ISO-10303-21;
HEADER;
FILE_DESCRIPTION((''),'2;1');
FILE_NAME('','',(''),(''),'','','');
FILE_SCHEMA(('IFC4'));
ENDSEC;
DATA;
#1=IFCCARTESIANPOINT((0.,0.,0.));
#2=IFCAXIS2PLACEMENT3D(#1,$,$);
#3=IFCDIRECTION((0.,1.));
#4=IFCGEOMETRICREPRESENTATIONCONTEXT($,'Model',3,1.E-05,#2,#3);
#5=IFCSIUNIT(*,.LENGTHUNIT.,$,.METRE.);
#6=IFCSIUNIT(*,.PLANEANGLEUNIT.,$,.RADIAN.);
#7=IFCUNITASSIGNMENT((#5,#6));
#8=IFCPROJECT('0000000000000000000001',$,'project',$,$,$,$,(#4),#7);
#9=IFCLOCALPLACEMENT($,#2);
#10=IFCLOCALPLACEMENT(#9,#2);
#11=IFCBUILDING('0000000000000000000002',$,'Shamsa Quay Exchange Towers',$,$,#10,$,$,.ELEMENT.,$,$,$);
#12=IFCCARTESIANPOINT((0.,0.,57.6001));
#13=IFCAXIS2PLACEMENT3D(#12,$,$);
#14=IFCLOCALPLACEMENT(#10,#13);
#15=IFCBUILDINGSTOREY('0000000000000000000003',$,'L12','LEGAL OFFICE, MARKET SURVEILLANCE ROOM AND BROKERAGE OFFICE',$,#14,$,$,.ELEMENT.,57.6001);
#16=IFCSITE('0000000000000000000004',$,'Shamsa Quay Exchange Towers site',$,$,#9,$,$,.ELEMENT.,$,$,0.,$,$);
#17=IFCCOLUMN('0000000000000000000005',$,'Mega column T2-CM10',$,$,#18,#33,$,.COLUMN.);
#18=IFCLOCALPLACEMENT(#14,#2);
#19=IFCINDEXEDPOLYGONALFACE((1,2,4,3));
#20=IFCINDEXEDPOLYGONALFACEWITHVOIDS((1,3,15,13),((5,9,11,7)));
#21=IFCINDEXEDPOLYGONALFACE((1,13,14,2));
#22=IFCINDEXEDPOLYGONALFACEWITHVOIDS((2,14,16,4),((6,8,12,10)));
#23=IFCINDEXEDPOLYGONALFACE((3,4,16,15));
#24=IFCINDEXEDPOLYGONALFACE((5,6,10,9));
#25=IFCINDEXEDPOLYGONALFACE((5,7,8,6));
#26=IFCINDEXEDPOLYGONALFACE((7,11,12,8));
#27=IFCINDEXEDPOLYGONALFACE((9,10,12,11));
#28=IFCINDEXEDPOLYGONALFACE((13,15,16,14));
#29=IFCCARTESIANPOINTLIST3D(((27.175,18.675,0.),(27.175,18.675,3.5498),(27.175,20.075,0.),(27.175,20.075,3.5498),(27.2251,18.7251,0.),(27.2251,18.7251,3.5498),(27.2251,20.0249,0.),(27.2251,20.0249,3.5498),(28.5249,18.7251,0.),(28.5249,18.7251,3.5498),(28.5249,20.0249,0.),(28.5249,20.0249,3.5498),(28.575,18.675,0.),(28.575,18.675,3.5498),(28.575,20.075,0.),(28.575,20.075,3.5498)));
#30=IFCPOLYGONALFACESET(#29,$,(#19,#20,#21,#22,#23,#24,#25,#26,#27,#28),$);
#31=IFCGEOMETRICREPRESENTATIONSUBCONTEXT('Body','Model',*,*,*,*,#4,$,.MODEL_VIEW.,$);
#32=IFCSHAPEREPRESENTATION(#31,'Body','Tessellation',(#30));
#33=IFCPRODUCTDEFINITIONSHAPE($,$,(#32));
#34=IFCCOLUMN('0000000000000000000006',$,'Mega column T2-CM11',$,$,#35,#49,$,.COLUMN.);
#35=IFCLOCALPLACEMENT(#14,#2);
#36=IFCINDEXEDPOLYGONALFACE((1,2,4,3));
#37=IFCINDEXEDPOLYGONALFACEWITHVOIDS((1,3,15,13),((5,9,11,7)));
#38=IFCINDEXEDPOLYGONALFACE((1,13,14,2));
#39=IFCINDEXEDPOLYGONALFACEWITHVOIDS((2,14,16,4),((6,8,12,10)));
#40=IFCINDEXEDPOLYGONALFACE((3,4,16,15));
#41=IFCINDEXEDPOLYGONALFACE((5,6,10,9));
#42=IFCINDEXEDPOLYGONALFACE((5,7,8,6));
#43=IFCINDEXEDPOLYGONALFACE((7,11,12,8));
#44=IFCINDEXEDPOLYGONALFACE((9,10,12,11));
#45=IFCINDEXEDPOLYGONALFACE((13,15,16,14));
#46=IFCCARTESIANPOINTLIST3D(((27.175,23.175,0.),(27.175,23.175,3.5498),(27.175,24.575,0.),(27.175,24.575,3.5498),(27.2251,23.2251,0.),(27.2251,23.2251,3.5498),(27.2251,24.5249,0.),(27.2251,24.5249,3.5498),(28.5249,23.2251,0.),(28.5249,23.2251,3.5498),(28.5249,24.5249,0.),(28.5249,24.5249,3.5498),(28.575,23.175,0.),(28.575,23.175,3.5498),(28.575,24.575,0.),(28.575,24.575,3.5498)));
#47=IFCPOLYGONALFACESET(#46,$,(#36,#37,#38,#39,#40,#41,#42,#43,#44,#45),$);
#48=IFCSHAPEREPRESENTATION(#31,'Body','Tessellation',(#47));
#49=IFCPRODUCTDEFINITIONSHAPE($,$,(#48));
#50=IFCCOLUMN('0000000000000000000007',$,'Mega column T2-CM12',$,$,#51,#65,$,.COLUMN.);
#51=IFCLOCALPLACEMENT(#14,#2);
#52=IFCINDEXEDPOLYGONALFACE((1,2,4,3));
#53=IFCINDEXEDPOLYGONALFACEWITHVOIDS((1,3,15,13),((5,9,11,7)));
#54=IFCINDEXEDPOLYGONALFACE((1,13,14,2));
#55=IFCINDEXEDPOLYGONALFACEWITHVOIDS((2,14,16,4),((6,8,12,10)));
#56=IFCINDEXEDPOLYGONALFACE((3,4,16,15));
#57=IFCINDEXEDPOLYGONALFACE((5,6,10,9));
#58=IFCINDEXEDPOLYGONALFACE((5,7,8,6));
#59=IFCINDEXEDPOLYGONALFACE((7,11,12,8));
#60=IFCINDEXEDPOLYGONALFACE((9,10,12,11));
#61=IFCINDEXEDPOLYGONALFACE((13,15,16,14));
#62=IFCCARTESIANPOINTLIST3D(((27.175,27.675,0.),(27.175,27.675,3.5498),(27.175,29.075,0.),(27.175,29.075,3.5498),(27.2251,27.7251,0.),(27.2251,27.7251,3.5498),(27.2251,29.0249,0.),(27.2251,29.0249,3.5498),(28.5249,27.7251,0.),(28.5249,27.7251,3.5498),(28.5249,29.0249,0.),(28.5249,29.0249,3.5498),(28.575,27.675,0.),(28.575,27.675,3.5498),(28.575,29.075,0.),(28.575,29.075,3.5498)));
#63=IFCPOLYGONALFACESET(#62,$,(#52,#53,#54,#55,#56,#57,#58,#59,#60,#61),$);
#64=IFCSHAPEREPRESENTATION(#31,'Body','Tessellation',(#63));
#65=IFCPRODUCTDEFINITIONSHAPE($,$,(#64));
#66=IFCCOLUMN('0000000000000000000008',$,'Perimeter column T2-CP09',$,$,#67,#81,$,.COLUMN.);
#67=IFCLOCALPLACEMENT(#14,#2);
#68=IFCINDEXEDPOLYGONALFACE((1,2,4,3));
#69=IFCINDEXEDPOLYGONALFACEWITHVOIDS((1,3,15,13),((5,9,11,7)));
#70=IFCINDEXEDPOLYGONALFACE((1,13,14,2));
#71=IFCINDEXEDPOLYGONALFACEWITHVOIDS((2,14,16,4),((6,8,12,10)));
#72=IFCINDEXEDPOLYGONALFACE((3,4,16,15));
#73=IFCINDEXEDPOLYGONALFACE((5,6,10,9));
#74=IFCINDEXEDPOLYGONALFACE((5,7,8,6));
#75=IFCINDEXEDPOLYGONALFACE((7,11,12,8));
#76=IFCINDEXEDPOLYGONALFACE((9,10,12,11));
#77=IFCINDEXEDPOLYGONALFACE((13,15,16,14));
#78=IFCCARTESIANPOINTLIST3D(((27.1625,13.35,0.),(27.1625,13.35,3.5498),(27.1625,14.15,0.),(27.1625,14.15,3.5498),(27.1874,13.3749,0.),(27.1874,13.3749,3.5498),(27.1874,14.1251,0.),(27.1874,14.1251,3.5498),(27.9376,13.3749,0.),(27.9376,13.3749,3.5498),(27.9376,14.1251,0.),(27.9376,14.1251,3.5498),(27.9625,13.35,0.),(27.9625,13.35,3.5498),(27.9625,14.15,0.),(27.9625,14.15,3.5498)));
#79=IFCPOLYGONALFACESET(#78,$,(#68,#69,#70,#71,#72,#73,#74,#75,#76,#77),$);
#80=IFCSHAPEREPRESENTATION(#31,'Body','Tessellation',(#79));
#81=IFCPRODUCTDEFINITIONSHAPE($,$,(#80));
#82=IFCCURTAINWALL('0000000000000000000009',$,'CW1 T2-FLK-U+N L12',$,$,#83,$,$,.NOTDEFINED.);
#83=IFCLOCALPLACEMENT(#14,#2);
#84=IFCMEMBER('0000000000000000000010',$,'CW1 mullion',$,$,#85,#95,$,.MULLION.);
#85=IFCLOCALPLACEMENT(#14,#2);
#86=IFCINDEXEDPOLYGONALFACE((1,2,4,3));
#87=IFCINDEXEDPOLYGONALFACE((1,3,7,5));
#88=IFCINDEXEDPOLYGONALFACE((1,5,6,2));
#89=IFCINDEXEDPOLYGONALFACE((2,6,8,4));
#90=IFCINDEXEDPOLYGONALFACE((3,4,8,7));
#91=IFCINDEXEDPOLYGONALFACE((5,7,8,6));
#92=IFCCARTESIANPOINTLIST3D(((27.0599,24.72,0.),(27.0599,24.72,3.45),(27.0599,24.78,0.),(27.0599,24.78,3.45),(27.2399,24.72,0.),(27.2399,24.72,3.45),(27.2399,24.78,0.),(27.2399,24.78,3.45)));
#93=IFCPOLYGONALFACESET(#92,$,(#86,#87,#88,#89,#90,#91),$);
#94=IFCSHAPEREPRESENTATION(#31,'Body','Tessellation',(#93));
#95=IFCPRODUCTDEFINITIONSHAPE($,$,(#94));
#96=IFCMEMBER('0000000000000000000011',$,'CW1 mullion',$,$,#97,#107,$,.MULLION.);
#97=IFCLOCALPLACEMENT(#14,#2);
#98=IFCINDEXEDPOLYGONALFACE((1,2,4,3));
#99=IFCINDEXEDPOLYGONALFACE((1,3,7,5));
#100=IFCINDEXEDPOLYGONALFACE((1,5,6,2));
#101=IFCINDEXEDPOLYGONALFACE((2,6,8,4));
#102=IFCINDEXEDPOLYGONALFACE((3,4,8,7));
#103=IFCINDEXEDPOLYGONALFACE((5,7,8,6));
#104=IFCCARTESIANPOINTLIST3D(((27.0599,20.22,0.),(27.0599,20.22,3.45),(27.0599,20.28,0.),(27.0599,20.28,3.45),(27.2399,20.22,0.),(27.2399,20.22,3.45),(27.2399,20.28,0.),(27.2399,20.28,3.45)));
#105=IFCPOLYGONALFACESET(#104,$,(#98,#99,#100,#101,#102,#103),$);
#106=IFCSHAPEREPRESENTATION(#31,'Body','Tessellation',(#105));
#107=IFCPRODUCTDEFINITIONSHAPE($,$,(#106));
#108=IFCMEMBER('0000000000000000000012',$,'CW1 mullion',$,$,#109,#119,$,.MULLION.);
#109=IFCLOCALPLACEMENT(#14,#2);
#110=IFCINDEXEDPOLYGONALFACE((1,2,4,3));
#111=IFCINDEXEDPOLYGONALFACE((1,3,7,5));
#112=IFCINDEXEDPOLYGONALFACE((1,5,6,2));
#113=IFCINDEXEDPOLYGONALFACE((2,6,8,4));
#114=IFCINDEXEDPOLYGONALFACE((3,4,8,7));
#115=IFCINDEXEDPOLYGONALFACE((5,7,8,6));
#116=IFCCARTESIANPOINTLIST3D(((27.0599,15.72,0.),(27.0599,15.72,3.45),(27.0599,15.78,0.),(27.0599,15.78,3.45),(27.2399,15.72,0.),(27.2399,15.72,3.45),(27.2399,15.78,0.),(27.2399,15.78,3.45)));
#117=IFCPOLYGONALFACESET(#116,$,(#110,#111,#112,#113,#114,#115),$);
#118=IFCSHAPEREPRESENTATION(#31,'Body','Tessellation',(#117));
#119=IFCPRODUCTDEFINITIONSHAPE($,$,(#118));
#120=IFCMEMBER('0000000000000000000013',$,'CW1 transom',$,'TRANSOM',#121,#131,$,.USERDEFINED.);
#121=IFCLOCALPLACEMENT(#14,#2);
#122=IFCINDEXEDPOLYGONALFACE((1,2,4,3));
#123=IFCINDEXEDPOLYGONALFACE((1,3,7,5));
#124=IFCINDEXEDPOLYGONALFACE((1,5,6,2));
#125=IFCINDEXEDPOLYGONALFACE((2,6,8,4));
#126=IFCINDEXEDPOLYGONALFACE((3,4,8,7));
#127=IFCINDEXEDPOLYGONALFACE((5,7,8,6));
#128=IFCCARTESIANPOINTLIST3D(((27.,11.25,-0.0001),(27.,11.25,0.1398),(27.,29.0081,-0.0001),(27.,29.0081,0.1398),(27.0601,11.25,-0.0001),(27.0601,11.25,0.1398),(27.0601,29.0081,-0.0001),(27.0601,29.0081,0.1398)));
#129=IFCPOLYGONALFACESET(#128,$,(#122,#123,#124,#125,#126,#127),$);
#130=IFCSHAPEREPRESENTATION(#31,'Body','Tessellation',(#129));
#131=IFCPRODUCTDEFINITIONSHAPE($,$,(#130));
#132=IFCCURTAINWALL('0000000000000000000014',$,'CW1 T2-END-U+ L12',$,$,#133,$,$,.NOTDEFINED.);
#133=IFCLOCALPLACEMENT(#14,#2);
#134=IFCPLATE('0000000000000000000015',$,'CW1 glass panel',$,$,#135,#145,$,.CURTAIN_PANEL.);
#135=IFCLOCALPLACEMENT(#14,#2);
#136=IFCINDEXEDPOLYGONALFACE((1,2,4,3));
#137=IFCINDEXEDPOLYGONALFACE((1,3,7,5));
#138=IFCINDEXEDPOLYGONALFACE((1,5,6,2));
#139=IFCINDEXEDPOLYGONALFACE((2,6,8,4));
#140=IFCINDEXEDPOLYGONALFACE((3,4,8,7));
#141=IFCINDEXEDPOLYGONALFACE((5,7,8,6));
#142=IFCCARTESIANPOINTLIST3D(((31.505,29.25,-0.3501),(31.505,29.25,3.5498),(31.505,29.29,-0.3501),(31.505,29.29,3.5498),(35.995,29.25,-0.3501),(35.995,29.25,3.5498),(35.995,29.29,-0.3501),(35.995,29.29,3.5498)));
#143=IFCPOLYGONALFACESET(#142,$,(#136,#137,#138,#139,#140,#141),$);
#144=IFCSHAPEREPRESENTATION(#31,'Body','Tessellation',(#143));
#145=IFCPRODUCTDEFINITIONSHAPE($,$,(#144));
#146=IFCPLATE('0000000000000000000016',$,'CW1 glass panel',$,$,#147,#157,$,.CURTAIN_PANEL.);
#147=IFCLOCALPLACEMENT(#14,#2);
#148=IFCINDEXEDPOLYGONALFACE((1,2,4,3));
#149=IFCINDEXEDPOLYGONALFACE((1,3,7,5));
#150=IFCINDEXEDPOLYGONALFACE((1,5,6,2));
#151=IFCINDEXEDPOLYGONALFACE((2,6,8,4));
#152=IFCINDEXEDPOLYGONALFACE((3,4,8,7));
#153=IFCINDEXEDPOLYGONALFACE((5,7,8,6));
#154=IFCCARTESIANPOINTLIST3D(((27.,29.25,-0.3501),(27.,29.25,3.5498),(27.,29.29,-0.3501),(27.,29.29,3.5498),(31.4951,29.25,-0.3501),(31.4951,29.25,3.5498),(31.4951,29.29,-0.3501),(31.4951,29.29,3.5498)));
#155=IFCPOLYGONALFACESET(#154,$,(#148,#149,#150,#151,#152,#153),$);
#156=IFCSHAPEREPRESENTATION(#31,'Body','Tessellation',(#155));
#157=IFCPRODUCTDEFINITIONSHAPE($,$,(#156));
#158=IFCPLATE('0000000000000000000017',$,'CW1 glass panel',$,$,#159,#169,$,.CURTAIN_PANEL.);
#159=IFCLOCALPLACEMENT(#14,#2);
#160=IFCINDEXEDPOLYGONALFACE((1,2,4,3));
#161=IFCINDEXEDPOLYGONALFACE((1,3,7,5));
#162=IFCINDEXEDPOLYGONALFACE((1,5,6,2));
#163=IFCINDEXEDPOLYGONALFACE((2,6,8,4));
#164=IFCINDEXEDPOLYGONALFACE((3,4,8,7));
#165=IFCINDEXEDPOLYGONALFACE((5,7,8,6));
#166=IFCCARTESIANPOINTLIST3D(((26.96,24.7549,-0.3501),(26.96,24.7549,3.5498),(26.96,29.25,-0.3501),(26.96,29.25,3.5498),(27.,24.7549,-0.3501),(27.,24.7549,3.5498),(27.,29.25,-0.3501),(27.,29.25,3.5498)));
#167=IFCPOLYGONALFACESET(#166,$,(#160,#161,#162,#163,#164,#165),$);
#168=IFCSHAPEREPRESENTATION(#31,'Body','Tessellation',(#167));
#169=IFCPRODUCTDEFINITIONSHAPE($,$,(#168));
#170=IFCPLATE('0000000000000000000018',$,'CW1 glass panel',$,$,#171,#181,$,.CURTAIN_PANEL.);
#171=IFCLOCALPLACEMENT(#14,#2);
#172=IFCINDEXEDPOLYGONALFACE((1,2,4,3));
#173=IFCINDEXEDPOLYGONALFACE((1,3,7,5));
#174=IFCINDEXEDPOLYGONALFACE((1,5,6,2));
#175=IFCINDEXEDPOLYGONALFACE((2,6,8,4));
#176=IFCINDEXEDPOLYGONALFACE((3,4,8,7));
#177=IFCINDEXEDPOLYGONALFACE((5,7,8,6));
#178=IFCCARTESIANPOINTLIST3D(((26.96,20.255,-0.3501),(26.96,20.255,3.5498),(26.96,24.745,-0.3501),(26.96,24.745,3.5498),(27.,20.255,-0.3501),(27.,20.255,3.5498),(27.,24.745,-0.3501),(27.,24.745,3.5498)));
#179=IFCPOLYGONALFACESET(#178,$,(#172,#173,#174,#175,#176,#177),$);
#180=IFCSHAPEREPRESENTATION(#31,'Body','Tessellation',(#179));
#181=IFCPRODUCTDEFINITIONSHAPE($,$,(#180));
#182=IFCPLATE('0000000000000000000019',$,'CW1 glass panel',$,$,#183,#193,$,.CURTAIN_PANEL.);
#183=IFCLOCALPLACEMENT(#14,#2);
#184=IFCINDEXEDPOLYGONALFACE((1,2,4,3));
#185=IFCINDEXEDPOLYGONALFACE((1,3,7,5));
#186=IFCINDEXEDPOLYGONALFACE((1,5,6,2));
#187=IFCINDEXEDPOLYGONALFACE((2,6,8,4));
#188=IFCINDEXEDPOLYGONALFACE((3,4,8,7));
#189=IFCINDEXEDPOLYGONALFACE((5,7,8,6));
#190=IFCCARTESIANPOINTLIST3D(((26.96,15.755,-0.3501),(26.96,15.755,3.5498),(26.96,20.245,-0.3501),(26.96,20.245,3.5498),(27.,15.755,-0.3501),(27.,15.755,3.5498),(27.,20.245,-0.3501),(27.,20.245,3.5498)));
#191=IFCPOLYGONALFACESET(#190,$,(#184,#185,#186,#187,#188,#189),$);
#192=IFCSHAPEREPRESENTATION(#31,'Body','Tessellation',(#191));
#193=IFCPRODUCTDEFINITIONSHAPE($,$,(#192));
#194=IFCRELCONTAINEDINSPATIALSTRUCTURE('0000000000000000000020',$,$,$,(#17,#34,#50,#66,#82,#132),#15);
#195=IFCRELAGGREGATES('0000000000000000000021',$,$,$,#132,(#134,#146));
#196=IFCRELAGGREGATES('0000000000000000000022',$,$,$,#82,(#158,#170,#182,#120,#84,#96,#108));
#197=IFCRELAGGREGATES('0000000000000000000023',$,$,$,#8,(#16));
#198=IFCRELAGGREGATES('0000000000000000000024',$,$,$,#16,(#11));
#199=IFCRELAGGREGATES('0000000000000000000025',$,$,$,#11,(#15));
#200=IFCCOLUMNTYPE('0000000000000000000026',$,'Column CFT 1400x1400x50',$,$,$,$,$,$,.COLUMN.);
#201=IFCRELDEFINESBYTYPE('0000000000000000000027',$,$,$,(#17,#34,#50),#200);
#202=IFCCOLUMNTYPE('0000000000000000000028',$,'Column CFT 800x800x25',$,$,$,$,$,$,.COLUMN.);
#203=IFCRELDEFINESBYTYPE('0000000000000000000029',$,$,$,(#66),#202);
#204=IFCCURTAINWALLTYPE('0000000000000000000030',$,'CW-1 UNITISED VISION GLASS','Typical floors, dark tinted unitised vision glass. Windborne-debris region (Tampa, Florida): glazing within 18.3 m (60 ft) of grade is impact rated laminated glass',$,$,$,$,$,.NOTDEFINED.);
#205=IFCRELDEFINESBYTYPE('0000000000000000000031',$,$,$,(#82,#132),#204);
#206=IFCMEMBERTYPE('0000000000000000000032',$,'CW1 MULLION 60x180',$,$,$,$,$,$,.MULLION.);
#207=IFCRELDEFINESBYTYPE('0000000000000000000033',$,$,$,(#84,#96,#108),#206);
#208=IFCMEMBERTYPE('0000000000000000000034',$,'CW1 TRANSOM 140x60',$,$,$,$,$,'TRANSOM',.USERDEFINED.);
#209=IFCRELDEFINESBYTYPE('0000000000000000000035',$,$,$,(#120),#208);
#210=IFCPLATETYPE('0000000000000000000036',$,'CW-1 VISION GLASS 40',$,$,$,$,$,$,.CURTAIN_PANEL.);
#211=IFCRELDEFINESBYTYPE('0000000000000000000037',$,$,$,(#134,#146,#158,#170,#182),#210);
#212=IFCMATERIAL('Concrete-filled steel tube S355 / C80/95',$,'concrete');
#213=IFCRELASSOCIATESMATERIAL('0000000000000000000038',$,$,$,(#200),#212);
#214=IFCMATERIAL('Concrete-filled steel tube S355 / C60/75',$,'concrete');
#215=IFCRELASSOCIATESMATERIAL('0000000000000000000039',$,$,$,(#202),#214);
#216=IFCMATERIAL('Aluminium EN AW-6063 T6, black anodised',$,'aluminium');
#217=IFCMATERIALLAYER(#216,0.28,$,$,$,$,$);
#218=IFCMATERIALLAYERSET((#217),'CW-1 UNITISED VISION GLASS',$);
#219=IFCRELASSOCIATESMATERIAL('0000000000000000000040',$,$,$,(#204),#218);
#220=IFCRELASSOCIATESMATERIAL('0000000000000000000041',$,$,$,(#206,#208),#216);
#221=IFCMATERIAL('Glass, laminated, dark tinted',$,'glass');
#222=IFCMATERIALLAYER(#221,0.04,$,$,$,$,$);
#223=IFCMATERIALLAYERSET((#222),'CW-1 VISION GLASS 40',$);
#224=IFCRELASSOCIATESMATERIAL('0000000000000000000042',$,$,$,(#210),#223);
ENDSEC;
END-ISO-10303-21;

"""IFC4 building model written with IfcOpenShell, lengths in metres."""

from ifc_helpers import new_model, si_unit, direction, frame, origin, origin_2d, place, context, subcontext, project, spatial, rectangle, hollow_rectangle, extrude, material, layer, layer_set, material_profile, profile_set, type_object, element, aggregate, save


model = new_model("IFC4")

# Units and contexts
model_context = context("Model", 3, precision=1e-05, world=origin(), true_north=direction((0.0, 1.0)))
body_context = subcontext(model_context, "Body", "Model", "MODEL_VIEW")
ifc_project = project(units=[si_unit("LENGTHUNIT", "METRE"), si_unit("PLANEANGLEUNIT", "RADIAN")], contexts=[model_context])

# Site, building, storey
site_placement = place(None, origin())
site = spatial("IfcSite", under=ifc_project, at=site_placement, Name="Shamsa Quay Exchange Towers site", CompositionType="ELEMENT", RefElevation=0.0)
building_placement = place(site_placement, origin())
building = spatial("IfcBuilding", under=site, at=building_placement, Name="Shamsa Quay Exchange Towers", CompositionType="ELEMENT")
storey_placement = place(building_placement, frame((0.0, 0.0, 57.6001)))
storey = spatial("IfcBuildingStorey", under=building, at=storey_placement, Name="L12", Description="LEGAL OFFICE, MARKET SURVEILLANCE ROOM AND BROKERAGE OFFICE", CompositionType="ELEMENT", Elevation=57.6001)

# Columns
ifc_material_1 = material(Name="Concrete-filled steel tube S355 / C80/95", Category="concrete")
ifc_material_profile_1 = material_profile(ifc_material_1, hollow_rectangle(XDim=1.3999, YDim=1.3999, WallThickness=0.05, at=origin_2d()), Name="CFT 1400x1400x50")
ifc_profile_set_1 = profile_set([ifc_material_profile_1], Name="Concrete-filled steel tube S355 / C80/95")
column_type_1 = type_object("IfcColumnType", Name="Column CFT 1400x1400x50", PredefinedType="COLUMN", material=ifc_profile_set_1)
for number, where, name in (
    (1, (27.875, 19.375, 0.0), "Mega column T2-CM10"),
    (2, (27.875, 23.875, 0.0), "Mega column T2-CM11"),
    (3, (27.875, 28.375, 0.0), "Mega column T2-CM12"),
):
    element("IfcColumn", number, at=place(storey_placement, frame(where)), inside=storey, type_object=column_type_1, Name=name, PredefinedType="COLUMN", context=body_context, shape_type="SweptSolid", body=[
        extrude(hollow_rectangle(XDim=1.3999, YDim=1.3999, WallThickness=0.05, at=origin_2d()), origin(), (0.0, 0.0, 1.0), 3.5498),
    ])
ifc_material_2 = material(Name="Concrete-filled steel tube S355 / C60/75", Category="concrete")
ifc_material_profile_2 = material_profile(ifc_material_2, hollow_rectangle(XDim=0.8, YDim=0.8, WallThickness=0.0249, at=origin_2d()), Name="CFT 800x800x25")
ifc_profile_set_2 = profile_set([ifc_material_profile_2], Name="Concrete-filled steel tube S355 / C60/75")
column_type_2 = type_object("IfcColumnType", Name="Column CFT 800x800x25", PredefinedType="COLUMN", material=ifc_profile_set_2)
column_placement = place(storey_placement, frame((27.5625, 13.75, 0.0)))
element("IfcColumn", 4, at=column_placement, inside=storey, type_object=column_type_2, Name="Perimeter column T2-CP09", PredefinedType="COLUMN", context=body_context, shape_type="SweptSolid", body=[
    extrude(hollow_rectangle(XDim=0.8, YDim=0.8, WallThickness=0.0249, at=origin_2d()), origin(), (0.0, 0.0, 1.0), 3.5498),
])

# Curtain wall, members
ifc_material_3 = material(Name="Aluminium EN AW-6063 T6, black anodised", Category="aluminium")
ifc_layer_1 = layer(ifc_material_3, 0.28)
ifc_layer_set_1 = layer_set([ifc_layer_1], Name="CW-1 UNITISED VISION GLASS")
curtain_wall_type_1 = type_object("IfcCurtainWallType", Name="CW-1 UNITISED VISION GLASS", Description="Typical floors, dark tinted unitised vision glass. Windborne-debris region (Tampa, Florida): glazing within 18.3 m (60 ft) of grade is impact rated laminated glass", PredefinedType="NOTDEFINED", material=ifc_layer_set_1)
curtain_wall_1_placement = place(storey_placement, origin())
curtain_wall_1 = element("IfcCurtainWall", 5, at=curtain_wall_1_placement, inside=storey, type_object=curtain_wall_type_1, Name="CW1 T2-FLK-U+N L12", PredefinedType="NOTDEFINED")
ifc_material_profile_3 = material_profile(ifc_material_3, rectangle(XDim=0.1799, YDim=0.0601, at=origin_2d()), Name="MU60x180")
ifc_profile_set_3 = profile_set([ifc_material_profile_3], Name="Aluminium EN AW-6063 T6, black anodised")
member_type_1 = type_object("IfcMemberType", Name="CW1 MULLION 60x180", PredefinedType="MULLION", material=ifc_profile_set_3)
member_1_placement = place(storey_placement, frame((27.1499, 24.75, 0.0)))
member_1 = element("IfcMember", 6, at=member_1_placement, type_object=member_type_1, Name="CW1 mullion", PredefinedType="MULLION", context=body_context, shape_type="SweptSolid", body=[
    extrude(rectangle(XDim=0.1799, YDim=0.0601, at=origin_2d()), origin(), (0.0, 0.0, 1.0), 3.45),
])
member_2_placement = place(storey_placement, frame((27.1499, 20.25, 0.0)))
member_2 = element("IfcMember", 7, at=member_2_placement, type_object=member_type_1, Name="CW1 mullion", PredefinedType="MULLION", context=body_context, shape_type="SweptSolid", body=[
    extrude(rectangle(XDim=0.1799, YDim=0.0601, at=origin_2d()), origin(), (0.0, 0.0, 1.0), 3.45),
])
member_3_placement = place(storey_placement, frame((27.1499, 15.75, 0.0)))
member_3 = element("IfcMember", 8, at=member_3_placement, type_object=member_type_1, Name="CW1 mullion", PredefinedType="MULLION", context=body_context, shape_type="SweptSolid", body=[
    extrude(rectangle(XDim=0.1799, YDim=0.0601, at=origin_2d()), origin(), (0.0, 0.0, 1.0), 3.45),
])
ifc_material_profile_4 = material_profile(ifc_material_3, rectangle(XDim=0.0601, YDim=0.1399, at=origin_2d()), Name="TR140x60")
ifc_profile_set_4 = profile_set([ifc_material_profile_4], Name="Aluminium EN AW-6063 T6, black anodised")
member_type_2 = type_object("IfcMemberType", Name="CW1 TRANSOM 140x60", ElementType="TRANSOM", PredefinedType="USERDEFINED", material=ifc_profile_set_4)
member_4_placement = place(storey_placement, frame((27.03, 29.0081, 0.0698), z_axis=(0.0, -1.0, 0.0), x_axis=(1.0, 0.0, 0.0)))
member_4 = element("IfcMember", 9, at=member_4_placement, type_object=member_type_2, Name="CW1 transom", ObjectType="TRANSOM", PredefinedType="USERDEFINED", context=body_context, shape_type="SweptSolid", body=[
    extrude(rectangle(XDim=0.0601, YDim=0.1399, at=origin_2d()), origin(), (0.0, 0.0, 1.0), 17.7581),
])

# Curtain wall, plates
curtain_wall_2_placement = place(storey_placement, origin())
curtain_wall_2 = element("IfcCurtainWall", 10, at=curtain_wall_2_placement, inside=storey, type_object=curtain_wall_type_1, Name="CW1 T2-END-U+ L12", PredefinedType="NOTDEFINED")
ifc_material_4 = material(Name="Glass, laminated, dark tinted", Category="glass")
ifc_layer_2 = layer(ifc_material_4, 0.04)
ifc_layer_set_2 = layer_set([ifc_layer_2], Name="CW-1 VISION GLASS 40")
plate_type_1 = type_object("IfcPlateType", Name="CW-1 VISION GLASS 40", PredefinedType="CURTAIN_PANEL", material=ifc_layer_set_2)
plate_1_placement = place(storey_placement, frame((33.75, 29.27, -0.3501), z_axis=(0.0, 0.0, 1.0), x_axis=(-1.0, 0.0, 0.0)))
plate_1 = element("IfcPlate", 11, at=plate_1_placement, type_object=plate_type_1, Name="CW1 glass panel", PredefinedType="CURTAIN_PANEL", context=body_context, shape_type="SweptSolid", body=[
    extrude(rectangle(XDim=4.49, YDim=0.04, at=origin_2d()), origin(), (0.0, 0.0, 1.0), 3.8999),
])
plate_2_placement = place(storey_placement, frame((29.2476, 29.27, -0.3501), z_axis=(0.0, 0.0, 1.0), x_axis=(-1.0, 0.0, 0.0)))
plate_2 = element("IfcPlate", 12, at=plate_2_placement, type_object=plate_type_1, Name="CW1 glass panel", PredefinedType="CURTAIN_PANEL", context=body_context, shape_type="SweptSolid", body=[
    extrude(rectangle(XDim=4.4951, YDim=0.04, at=origin_2d()), origin(), (0.0, 0.0, 1.0), 3.8999),
])
aggregate(curtain_wall_2, [plate_1, plate_2])

# Plates
plate_3_placement = place(storey_placement, frame((26.98, 27.0024, -0.3501), z_axis=(0.0, 0.0, 1.0), x_axis=(0.0, -1.0, 0.0)))
plate_3 = element("IfcPlate", 13, at=plate_3_placement, type_object=plate_type_1, Name="CW1 glass panel", PredefinedType="CURTAIN_PANEL", context=body_context, shape_type="SweptSolid", body=[
    extrude(rectangle(XDim=4.4951, YDim=0.04, at=origin_2d()), origin(), (0.0, 0.0, 1.0), 3.8999),
])
plate_4_placement = place(storey_placement, frame((26.98, 22.5, -0.3501), z_axis=(0.0, 0.0, 1.0), x_axis=(0.0, -1.0, 0.0)))
plate_4 = element("IfcPlate", 14, at=plate_4_placement, type_object=plate_type_1, Name="CW1 glass panel", PredefinedType="CURTAIN_PANEL", context=body_context, shape_type="SweptSolid", body=[
    extrude(rectangle(XDim=4.49, YDim=0.04, at=origin_2d()), origin(), (0.0, 0.0, 1.0), 3.8999),
])
plate_5_placement = place(storey_placement, frame((26.98, 18.0, -0.3501), z_axis=(0.0, 0.0, 1.0), x_axis=(0.0, -1.0, 0.0)))
plate_5 = element("IfcPlate", 15, at=plate_5_placement, type_object=plate_type_1, Name="CW1 glass panel", PredefinedType="CURTAIN_PANEL", context=body_context, shape_type="SweptSolid", body=[
    extrude(rectangle(XDim=4.49, YDim=0.04, at=origin_2d()), origin(), (0.0, 0.0, 1.0), 3.8999),
])
aggregate(curtain_wall_1, [plate_3, plate_4, plate_5, member_4, member_1, member_2, member_3])

save(model, "model.ifc")
